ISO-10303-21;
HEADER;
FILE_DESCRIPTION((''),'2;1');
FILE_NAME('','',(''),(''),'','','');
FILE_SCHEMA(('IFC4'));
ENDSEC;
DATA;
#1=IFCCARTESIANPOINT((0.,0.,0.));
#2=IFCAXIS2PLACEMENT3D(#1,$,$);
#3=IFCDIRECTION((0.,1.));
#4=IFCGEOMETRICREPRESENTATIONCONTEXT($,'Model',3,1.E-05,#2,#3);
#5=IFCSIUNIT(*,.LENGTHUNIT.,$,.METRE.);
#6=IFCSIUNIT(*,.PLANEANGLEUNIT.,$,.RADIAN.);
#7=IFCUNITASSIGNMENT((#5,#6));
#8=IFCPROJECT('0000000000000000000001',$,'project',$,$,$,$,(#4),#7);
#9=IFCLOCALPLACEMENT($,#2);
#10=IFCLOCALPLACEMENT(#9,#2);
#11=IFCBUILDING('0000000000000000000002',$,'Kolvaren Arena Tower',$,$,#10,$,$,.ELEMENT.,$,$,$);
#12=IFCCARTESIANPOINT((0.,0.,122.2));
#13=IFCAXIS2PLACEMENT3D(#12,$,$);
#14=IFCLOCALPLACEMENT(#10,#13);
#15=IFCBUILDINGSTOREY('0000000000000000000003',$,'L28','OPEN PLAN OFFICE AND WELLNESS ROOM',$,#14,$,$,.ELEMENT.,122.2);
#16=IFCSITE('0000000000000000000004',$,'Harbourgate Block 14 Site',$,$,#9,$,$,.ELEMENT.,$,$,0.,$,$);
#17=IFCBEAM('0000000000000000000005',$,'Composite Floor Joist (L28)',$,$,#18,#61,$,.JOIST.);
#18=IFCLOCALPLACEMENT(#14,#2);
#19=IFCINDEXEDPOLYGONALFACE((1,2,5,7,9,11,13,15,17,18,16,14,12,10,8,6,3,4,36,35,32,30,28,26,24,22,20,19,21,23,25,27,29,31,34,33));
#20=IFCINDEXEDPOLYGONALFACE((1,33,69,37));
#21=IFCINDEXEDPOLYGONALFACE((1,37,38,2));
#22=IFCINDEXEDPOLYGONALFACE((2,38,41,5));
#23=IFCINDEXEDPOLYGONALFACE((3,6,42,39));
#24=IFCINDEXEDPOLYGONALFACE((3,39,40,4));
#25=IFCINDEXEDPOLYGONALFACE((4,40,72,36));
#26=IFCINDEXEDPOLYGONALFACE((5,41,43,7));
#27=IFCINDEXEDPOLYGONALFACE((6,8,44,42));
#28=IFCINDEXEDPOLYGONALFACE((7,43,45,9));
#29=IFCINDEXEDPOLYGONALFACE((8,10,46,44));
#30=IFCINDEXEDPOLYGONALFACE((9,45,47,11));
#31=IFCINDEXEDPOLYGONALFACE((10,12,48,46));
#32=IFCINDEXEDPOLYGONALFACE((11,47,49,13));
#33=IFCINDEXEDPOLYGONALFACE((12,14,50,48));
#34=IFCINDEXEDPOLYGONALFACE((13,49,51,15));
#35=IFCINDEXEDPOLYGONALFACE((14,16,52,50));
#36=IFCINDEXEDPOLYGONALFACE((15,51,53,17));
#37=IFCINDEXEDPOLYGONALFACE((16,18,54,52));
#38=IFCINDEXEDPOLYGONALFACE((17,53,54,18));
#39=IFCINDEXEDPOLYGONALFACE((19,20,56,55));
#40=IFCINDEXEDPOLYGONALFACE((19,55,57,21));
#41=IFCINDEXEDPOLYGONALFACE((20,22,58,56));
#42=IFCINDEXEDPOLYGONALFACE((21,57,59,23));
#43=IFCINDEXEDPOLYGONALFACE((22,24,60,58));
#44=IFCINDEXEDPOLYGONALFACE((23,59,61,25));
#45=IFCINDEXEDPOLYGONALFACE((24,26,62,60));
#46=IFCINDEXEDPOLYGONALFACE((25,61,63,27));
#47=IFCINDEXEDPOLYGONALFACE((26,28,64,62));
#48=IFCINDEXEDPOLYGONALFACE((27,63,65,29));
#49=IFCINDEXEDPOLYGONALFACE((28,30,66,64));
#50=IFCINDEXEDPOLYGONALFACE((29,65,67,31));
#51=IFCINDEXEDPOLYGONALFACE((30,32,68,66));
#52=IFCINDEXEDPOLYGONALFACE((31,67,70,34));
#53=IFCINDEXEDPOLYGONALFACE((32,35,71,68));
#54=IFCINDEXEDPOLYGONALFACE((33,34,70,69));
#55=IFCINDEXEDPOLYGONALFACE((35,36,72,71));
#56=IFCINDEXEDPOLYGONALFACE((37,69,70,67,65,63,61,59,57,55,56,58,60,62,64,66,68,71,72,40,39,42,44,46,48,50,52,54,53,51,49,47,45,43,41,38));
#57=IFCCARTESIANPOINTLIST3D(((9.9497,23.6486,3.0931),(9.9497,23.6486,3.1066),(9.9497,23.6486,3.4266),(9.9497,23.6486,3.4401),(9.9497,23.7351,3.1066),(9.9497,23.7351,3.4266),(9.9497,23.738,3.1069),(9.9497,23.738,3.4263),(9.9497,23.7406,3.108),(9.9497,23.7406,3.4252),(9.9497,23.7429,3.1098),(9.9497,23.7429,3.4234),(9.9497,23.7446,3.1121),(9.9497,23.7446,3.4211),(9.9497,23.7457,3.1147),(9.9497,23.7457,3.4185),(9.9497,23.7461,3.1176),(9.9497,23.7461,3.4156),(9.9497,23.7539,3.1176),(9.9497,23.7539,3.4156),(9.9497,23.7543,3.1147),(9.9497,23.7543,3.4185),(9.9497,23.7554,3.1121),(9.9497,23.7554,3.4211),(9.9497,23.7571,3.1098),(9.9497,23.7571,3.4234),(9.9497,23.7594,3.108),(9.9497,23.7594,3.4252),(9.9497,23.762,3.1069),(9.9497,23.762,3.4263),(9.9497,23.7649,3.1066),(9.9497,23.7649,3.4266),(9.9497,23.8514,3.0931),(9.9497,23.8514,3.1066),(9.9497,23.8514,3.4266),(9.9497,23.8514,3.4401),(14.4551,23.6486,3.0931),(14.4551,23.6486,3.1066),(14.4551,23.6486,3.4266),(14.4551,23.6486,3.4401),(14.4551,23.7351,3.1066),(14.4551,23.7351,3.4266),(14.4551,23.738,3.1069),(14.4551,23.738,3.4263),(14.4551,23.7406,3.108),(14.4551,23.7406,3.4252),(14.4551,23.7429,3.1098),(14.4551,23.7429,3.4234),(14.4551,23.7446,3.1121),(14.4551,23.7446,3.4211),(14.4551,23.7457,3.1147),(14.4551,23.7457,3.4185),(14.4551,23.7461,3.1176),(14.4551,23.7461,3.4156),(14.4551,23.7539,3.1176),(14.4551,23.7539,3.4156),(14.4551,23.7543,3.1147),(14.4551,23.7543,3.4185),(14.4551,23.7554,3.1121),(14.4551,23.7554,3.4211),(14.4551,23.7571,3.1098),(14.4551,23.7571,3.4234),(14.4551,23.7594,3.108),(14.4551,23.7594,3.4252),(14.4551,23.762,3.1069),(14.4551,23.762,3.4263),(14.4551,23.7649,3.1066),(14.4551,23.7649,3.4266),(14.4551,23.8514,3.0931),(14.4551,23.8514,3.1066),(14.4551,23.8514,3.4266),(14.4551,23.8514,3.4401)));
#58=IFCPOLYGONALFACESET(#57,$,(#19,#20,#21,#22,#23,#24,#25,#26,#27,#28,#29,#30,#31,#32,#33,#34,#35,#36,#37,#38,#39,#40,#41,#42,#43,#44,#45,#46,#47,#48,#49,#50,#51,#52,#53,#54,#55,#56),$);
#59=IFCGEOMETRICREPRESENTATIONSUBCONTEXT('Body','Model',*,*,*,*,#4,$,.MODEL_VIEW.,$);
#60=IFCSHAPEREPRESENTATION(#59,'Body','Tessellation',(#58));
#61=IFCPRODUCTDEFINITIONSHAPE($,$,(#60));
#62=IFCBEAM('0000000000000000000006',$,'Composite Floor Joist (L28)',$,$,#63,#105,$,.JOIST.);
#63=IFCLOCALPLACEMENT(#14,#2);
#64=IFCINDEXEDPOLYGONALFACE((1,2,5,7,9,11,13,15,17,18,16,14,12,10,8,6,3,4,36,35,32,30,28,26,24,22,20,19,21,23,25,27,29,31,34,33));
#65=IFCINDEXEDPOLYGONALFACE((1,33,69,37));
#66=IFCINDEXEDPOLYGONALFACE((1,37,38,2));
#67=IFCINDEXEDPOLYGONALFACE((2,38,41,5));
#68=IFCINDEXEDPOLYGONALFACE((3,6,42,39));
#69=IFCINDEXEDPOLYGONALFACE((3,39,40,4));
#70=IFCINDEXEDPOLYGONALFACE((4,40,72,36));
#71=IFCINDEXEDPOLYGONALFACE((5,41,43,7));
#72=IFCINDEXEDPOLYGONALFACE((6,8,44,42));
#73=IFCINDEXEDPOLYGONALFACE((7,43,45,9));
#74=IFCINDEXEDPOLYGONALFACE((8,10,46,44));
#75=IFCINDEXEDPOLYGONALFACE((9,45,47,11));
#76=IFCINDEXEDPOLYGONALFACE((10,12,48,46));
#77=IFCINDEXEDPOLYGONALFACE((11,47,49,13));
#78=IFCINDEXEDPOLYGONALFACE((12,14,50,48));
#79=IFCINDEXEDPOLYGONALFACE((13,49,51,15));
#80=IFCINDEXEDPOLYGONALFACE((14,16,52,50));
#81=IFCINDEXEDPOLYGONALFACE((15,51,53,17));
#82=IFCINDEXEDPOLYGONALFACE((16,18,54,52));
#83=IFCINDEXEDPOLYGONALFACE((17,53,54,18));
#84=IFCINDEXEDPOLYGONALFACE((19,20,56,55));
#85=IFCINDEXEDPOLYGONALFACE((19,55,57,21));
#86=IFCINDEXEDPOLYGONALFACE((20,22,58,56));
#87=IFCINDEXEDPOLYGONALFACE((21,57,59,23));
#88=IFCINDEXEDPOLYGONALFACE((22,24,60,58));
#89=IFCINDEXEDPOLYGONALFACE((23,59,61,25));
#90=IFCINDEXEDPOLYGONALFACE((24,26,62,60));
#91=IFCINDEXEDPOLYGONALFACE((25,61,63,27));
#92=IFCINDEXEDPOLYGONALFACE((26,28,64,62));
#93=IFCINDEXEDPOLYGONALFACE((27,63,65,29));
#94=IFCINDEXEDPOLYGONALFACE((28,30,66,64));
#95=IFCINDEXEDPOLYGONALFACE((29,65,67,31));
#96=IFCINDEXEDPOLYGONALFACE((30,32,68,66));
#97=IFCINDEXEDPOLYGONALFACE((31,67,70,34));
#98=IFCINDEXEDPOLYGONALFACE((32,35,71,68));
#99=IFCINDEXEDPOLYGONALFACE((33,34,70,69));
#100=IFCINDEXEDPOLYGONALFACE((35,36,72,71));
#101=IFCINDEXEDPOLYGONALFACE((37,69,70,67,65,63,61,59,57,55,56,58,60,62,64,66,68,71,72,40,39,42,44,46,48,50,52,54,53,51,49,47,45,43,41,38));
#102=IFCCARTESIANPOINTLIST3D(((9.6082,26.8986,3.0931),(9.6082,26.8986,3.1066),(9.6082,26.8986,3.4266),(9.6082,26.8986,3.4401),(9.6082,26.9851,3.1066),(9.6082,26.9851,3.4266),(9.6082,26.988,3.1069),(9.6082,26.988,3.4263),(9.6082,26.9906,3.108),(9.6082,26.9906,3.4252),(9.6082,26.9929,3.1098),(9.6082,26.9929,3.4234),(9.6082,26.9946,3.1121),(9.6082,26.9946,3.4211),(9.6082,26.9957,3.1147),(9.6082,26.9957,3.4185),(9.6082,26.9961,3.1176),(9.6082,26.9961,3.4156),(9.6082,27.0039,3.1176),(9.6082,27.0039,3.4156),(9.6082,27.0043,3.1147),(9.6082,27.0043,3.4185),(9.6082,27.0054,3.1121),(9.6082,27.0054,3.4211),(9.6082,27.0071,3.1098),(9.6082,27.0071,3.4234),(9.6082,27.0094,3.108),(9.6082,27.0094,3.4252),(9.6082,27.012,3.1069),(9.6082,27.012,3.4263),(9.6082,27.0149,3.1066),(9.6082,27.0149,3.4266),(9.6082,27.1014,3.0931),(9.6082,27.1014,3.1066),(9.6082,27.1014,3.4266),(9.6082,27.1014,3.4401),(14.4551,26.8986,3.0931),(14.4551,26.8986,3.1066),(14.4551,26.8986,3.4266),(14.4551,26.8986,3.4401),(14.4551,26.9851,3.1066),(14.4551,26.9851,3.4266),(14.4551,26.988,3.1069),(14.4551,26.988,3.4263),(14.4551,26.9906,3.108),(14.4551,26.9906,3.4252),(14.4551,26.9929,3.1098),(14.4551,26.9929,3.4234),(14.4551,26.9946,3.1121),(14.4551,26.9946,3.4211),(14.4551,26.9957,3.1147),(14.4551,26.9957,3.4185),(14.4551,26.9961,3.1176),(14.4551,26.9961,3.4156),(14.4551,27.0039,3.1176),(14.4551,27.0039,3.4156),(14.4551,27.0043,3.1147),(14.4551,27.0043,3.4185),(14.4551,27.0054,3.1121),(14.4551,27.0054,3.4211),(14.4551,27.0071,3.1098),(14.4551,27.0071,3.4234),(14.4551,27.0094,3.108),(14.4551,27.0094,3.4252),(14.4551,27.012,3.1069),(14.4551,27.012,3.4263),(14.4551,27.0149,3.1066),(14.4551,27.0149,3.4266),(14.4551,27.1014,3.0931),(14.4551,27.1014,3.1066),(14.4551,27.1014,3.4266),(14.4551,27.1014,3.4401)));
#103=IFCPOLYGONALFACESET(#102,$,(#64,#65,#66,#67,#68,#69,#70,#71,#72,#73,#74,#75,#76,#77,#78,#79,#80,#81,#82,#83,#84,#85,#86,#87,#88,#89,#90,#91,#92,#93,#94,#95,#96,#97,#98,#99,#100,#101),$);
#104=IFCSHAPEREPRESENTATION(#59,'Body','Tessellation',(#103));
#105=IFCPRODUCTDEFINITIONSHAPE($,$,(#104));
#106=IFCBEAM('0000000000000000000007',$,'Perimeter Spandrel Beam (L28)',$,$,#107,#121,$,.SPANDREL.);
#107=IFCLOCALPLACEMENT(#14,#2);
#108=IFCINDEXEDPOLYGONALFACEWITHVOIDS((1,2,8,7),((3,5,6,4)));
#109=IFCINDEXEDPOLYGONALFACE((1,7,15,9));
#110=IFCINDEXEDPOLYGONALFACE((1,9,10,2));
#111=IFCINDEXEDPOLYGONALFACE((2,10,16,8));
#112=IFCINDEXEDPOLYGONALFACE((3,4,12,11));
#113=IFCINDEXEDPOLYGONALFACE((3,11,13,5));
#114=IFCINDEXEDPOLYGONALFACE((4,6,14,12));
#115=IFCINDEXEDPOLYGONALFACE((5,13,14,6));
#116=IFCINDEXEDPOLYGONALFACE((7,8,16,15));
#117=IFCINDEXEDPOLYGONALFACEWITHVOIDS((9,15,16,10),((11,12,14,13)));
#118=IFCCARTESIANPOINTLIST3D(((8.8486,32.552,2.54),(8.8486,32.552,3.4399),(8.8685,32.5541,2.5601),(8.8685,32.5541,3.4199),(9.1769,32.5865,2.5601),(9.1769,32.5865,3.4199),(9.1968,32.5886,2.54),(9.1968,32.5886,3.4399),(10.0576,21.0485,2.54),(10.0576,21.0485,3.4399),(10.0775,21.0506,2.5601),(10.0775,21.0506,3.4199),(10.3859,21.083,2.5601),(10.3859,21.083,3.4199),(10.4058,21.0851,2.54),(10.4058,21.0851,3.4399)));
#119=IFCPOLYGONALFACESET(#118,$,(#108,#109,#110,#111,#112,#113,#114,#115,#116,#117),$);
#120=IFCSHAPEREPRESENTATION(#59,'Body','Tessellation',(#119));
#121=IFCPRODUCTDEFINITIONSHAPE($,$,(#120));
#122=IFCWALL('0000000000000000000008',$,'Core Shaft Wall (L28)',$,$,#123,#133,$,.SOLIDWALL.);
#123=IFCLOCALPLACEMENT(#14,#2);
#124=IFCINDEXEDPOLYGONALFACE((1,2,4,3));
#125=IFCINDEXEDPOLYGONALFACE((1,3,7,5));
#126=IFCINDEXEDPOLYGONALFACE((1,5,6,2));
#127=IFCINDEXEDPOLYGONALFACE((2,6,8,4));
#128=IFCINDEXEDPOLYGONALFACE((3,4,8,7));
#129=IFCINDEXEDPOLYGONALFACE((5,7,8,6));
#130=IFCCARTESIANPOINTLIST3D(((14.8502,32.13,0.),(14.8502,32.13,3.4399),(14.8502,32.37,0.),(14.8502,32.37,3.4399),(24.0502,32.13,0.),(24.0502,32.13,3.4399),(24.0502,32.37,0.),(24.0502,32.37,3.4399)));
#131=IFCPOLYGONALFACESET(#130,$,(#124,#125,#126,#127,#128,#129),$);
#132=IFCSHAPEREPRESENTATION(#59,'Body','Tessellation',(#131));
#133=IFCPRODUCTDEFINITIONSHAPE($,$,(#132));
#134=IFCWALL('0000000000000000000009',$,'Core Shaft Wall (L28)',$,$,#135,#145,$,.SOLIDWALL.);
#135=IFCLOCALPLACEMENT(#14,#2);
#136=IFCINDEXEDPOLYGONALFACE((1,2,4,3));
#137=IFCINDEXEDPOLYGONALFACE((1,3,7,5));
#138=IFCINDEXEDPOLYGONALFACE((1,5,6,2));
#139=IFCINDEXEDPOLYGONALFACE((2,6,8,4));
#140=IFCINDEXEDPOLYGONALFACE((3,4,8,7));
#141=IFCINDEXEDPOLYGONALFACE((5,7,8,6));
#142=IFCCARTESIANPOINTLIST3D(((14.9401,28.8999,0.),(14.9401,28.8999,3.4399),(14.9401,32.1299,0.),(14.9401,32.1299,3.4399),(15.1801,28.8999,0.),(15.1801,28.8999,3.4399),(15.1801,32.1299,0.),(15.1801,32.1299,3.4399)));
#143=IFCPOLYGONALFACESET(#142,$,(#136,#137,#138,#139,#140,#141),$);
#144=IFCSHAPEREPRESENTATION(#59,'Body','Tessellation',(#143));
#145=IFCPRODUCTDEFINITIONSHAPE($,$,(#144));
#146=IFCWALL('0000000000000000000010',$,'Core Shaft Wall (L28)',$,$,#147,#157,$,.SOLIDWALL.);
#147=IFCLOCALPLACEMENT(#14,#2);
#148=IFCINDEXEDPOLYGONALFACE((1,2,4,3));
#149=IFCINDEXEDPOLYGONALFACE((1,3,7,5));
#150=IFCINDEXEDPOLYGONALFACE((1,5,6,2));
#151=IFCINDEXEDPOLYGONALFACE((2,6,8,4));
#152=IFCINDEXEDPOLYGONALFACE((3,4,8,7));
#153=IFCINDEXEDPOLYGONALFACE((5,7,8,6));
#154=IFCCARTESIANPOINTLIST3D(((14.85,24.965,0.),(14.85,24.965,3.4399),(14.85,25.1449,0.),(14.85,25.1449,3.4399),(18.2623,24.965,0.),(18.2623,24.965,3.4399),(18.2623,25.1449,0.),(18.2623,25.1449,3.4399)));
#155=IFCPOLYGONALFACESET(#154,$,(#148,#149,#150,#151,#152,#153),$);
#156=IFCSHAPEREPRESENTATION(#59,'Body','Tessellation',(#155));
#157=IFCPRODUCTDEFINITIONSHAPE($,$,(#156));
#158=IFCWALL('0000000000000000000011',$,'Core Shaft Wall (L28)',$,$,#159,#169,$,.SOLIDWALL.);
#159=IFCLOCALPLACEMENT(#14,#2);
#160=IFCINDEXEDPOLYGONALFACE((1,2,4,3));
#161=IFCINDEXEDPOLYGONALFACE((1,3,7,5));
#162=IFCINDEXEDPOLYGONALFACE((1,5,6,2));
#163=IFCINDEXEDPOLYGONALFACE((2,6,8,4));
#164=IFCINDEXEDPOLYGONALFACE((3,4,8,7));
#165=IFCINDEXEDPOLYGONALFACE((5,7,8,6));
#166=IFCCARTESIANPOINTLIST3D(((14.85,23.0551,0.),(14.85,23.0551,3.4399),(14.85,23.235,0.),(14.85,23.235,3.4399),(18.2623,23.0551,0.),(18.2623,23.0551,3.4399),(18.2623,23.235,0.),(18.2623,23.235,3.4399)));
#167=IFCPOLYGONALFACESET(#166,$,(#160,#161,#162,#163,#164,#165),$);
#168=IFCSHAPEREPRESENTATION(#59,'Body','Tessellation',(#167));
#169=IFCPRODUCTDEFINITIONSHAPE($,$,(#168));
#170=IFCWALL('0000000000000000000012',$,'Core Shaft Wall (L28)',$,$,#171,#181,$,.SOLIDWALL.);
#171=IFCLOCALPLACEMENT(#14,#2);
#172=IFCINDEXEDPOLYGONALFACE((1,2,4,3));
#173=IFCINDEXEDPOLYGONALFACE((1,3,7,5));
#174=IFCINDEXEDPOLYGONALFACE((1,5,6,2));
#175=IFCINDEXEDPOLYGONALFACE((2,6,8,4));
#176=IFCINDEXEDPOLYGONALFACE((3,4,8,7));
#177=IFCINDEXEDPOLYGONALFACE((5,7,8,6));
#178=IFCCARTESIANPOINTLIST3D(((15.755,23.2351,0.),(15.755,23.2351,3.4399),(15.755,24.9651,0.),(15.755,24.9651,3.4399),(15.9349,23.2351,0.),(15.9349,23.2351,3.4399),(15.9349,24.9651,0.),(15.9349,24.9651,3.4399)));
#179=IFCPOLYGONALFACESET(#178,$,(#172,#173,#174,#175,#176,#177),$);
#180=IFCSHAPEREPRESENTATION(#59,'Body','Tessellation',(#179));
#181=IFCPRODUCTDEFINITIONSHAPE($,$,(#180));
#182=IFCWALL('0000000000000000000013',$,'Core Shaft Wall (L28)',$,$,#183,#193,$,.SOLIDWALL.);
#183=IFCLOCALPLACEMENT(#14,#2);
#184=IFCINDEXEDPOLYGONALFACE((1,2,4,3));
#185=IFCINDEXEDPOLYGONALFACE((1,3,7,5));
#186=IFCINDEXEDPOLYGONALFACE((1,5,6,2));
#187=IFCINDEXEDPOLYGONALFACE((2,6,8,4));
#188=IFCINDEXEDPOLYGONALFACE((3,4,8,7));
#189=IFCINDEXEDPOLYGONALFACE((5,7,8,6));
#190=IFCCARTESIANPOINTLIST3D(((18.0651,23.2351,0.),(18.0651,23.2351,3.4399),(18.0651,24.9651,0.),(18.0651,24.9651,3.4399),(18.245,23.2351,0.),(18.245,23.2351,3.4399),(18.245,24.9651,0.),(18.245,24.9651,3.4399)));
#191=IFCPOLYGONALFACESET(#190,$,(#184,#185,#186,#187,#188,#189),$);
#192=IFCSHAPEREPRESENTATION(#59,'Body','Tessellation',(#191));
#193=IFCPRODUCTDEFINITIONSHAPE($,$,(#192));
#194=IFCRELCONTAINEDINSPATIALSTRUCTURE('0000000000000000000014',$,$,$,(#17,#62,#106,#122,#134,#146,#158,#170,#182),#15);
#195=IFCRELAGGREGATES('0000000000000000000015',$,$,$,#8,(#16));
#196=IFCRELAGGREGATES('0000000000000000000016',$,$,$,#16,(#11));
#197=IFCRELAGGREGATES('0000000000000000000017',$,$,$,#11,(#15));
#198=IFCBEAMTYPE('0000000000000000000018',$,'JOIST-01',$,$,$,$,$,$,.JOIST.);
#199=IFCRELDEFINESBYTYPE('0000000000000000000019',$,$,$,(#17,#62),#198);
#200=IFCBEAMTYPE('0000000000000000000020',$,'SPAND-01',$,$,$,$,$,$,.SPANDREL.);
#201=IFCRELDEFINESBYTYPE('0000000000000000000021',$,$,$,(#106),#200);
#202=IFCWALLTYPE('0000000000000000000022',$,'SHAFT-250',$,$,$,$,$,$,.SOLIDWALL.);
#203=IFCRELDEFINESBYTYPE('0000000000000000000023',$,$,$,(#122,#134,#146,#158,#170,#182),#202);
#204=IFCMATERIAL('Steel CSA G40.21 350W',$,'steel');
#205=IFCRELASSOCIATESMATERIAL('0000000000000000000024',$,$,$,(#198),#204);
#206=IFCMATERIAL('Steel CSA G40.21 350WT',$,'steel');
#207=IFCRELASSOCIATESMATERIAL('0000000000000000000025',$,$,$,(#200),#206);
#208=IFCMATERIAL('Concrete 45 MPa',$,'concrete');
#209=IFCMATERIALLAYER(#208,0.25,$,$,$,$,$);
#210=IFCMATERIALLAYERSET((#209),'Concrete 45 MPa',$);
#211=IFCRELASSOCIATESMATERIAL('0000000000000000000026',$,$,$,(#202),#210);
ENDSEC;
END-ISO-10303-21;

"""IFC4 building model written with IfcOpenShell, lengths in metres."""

from ifc_helpers import new_model, si_unit, direction, frame, frame_2d, origin, origin_2d, place, context, subcontext, project, spatial, rectangle, hollow_rectangle, i_section, extrude, material, layer, layer_set, material_profile, profile_set, type_object, element, save


model = new_model("IFC4")

# Units and contexts
model_context = context("Model", 3, precision=1e-05, world=origin(), true_north=direction((0.0, 1.0)))
body_context = subcontext(model_context, "Body", "Model", "MODEL_VIEW")
ifc_project = project(units=[si_unit("LENGTHUNIT", "METRE"), si_unit("PLANEANGLEUNIT", "RADIAN")], contexts=[model_context])

# Site, building, storey
site_placement = place(None, origin())
site = spatial("IfcSite", under=ifc_project, at=site_placement, Name="Harbourgate Block 14 Site", CompositionType="ELEMENT", RefElevation=0.0)
building_placement = place(site_placement, origin())
building = spatial("IfcBuilding", under=site, at=building_placement, Name="Kolvaren Arena Tower", CompositionType="ELEMENT")
storey_placement = place(building_placement, frame((0.0, 0.0, 122.2)))
storey = spatial("IfcBuildingStorey", under=building, at=storey_placement, Name="L28", Description="OPEN PLAN OFFICE AND WELLNESS ROOM", CompositionType="ELEMENT", Elevation=122.2)

# Beams
ifc_material_1 = material(Name="Steel CSA G40.21 350W", Category="steel")
ifc_material_profile_1 = material_profile(ifc_material_1, i_section(OverallWidth=0.2029, OverallDepth=0.3469, WebThickness=0.0078, FlangeThickness=0.0134, FilletRadius=0.011, at=origin_2d()), Name="W360x64")
ifc_profile_set_1 = profile_set([ifc_material_profile_1], Name="Steel CSA G40.21 350W")
beam_type_1 = type_object("IfcBeamType", Name="JOIST-01", PredefinedType="JOIST", material=ifc_profile_set_1)
beam_1_placement = place(storey_placement, frame((9.9497, 23.75, 3.2666), z_axis=(1.0, 0.0, 0.0), x_axis=(0.0, 1.0, 0.0)))
element("IfcBeam", 1, at=beam_1_placement, inside=storey, type_object=beam_type_1, Name="Composite Floor Joist (L28)", PredefinedType="JOIST", context=body_context, shape_type="SweptSolid", body=[
    extrude(i_section(OverallWidth=0.2029, OverallDepth=0.3469, WebThickness=0.0078, FlangeThickness=0.0134, FilletRadius=0.011, at=origin_2d()), origin(), (0.0, 0.0, 1.0), 4.5054),
])
beam_2_placement = place(storey_placement, frame((9.6082, 27.0, 3.2666), z_axis=(1.0, 0.0, 0.0), x_axis=(0.0, 1.0, 0.0)))
element("IfcBeam", 2, at=beam_2_placement, inside=storey, type_object=beam_type_1, Name="Composite Floor Joist (L28)", PredefinedType="JOIST", context=body_context, shape_type="SweptSolid", body=[
    extrude(i_section(OverallWidth=0.2029, OverallDepth=0.3469, WebThickness=0.0078, FlangeThickness=0.0134, FilletRadius=0.011, at=origin_2d()), origin(), (0.0, 0.0, 1.0), 4.8469),
])
ifc_material_2 = material(Name="Steel CSA G40.21 350WT", Category="steel")
ifc_material_profile_2 = material_profile(ifc_material_2, hollow_rectangle(XDim=0.3501, YDim=0.8999, WallThickness=0.02, at=origin_2d()), Name="HSS 900x350x20")
ifc_profile_set_2 = profile_set([ifc_material_profile_2], Name="Steel CSA G40.21 350WT")
beam_type_2 = type_object("IfcBeamType", Name="SPAND-01", PredefinedType="SPANDREL", material=ifc_profile_set_2)
beam_3_placement = place(storey_placement, frame((9.0227, 32.5703, 2.99), z_axis=(0.104522, -0.994523, 0.0), x_axis=(0.994523, 0.104522, 0.0)))
element("IfcBeam", 3, at=beam_3_placement, inside=storey, type_object=beam_type_2, Name="Perimeter Spandrel Beam (L28)", PredefinedType="SPANDREL", context=body_context, shape_type="SweptSolid", body=[
    extrude(hollow_rectangle(XDim=0.3501, YDim=0.8999, WallThickness=0.02, at=origin_2d()), origin(), (0.0, 0.0, 1.0), 11.5669),
])

# Walls
ifc_material_3 = material(Name="Concrete 45 MPa", Category="concrete")
ifc_layer = layer(ifc_material_3, 0.25)
ifc_layer_set = layer_set([ifc_layer], Name="Concrete 45 MPa")
wall_type = type_object("IfcWallType", Name="SHAFT-250", PredefinedType="SOLIDWALL", material=ifc_layer_set)
wall_1_placement = place(storey_placement, frame((14.8501, 32.25, 0.0), z_axis=(0.0, 0.0, 1.0), x_axis=(1.0, 0.0, 0.0)))
element("IfcWall", 4, at=wall_1_placement, inside=storey, type_object=wall_type, Name="Core Shaft Wall (L28)", PredefinedType="SOLIDWALL", context=body_context, shape_type="SweptSolid", body=[
    extrude(rectangle(XDim=9.2, YDim=0.24, at=frame_2d((4.6001, 0.0))), origin(), (0.0, 0.0, 1.0), 3.4399),
])
wall_2_placement = place(storey_placement, frame((15.0601, 28.8999, 0.0), z_axis=(0.0, 0.0, 1.0), x_axis=(0.0, 1.0, 0.0)))
element("IfcWall", 5, at=wall_2_placement, inside=storey, type_object=wall_type, Name="Core Shaft Wall (L28)", PredefinedType="SOLIDWALL", context=body_context, shape_type="SweptSolid", body=[
    extrude(rectangle(XDim=3.23, YDim=0.24, at=frame_2d((1.615, 0.0))), origin(), (0.0, 0.0, 1.0), 3.4399),
])
for number, where, z_axis, x_axis, name in (
    (6, (14.8501, 25.0549, 0.0), (0.0, 0.0, 1.0), (1.0, 0.0, 0.0), "Core Shaft Wall (L28)"),
    (7, (14.8501, 23.145, 0.0), (0.0, 0.0, 1.0), (1.0, 0.0, 0.0), "Core Shaft Wall (L28)"),
):
    element("IfcWall", number, at=place(storey_placement, frame(where, z_axis=z_axis, x_axis=x_axis)), inside=storey, type_object=wall_type, Name=name, PredefinedType="SOLIDWALL", context=body_context, shape_type="SweptSolid", body=[
        extrude(rectangle(XDim=3.4124, YDim=0.1799, at=frame_2d((1.7061, 0.0))), origin(), (0.0, 0.0, 1.0), 3.4399),
    ])
for number, where, z_axis, x_axis, name in (
    (8, (15.845, 23.2351, 0.0), (0.0, 0.0, 1.0), (0.0, 1.0, 0.0), "Core Shaft Wall (L28)"),
    (9, (18.155, 23.2351, 0.0), (0.0, 0.0, 1.0), (0.0, 1.0, 0.0), "Core Shaft Wall (L28)"),
):
    element("IfcWall", number, at=place(storey_placement, frame(where, z_axis=z_axis, x_axis=x_axis)), inside=storey, type_object=wall_type, Name=name, PredefinedType="SOLIDWALL", context=body_context, shape_type="SweptSolid", body=[
        extrude(rectangle(XDim=1.73, YDim=0.1799, at=frame_2d((0.865, 0.0))), origin(), (0.0, 0.0, 1.0), 3.4399),
    ])

save(model, "model.ifc")
